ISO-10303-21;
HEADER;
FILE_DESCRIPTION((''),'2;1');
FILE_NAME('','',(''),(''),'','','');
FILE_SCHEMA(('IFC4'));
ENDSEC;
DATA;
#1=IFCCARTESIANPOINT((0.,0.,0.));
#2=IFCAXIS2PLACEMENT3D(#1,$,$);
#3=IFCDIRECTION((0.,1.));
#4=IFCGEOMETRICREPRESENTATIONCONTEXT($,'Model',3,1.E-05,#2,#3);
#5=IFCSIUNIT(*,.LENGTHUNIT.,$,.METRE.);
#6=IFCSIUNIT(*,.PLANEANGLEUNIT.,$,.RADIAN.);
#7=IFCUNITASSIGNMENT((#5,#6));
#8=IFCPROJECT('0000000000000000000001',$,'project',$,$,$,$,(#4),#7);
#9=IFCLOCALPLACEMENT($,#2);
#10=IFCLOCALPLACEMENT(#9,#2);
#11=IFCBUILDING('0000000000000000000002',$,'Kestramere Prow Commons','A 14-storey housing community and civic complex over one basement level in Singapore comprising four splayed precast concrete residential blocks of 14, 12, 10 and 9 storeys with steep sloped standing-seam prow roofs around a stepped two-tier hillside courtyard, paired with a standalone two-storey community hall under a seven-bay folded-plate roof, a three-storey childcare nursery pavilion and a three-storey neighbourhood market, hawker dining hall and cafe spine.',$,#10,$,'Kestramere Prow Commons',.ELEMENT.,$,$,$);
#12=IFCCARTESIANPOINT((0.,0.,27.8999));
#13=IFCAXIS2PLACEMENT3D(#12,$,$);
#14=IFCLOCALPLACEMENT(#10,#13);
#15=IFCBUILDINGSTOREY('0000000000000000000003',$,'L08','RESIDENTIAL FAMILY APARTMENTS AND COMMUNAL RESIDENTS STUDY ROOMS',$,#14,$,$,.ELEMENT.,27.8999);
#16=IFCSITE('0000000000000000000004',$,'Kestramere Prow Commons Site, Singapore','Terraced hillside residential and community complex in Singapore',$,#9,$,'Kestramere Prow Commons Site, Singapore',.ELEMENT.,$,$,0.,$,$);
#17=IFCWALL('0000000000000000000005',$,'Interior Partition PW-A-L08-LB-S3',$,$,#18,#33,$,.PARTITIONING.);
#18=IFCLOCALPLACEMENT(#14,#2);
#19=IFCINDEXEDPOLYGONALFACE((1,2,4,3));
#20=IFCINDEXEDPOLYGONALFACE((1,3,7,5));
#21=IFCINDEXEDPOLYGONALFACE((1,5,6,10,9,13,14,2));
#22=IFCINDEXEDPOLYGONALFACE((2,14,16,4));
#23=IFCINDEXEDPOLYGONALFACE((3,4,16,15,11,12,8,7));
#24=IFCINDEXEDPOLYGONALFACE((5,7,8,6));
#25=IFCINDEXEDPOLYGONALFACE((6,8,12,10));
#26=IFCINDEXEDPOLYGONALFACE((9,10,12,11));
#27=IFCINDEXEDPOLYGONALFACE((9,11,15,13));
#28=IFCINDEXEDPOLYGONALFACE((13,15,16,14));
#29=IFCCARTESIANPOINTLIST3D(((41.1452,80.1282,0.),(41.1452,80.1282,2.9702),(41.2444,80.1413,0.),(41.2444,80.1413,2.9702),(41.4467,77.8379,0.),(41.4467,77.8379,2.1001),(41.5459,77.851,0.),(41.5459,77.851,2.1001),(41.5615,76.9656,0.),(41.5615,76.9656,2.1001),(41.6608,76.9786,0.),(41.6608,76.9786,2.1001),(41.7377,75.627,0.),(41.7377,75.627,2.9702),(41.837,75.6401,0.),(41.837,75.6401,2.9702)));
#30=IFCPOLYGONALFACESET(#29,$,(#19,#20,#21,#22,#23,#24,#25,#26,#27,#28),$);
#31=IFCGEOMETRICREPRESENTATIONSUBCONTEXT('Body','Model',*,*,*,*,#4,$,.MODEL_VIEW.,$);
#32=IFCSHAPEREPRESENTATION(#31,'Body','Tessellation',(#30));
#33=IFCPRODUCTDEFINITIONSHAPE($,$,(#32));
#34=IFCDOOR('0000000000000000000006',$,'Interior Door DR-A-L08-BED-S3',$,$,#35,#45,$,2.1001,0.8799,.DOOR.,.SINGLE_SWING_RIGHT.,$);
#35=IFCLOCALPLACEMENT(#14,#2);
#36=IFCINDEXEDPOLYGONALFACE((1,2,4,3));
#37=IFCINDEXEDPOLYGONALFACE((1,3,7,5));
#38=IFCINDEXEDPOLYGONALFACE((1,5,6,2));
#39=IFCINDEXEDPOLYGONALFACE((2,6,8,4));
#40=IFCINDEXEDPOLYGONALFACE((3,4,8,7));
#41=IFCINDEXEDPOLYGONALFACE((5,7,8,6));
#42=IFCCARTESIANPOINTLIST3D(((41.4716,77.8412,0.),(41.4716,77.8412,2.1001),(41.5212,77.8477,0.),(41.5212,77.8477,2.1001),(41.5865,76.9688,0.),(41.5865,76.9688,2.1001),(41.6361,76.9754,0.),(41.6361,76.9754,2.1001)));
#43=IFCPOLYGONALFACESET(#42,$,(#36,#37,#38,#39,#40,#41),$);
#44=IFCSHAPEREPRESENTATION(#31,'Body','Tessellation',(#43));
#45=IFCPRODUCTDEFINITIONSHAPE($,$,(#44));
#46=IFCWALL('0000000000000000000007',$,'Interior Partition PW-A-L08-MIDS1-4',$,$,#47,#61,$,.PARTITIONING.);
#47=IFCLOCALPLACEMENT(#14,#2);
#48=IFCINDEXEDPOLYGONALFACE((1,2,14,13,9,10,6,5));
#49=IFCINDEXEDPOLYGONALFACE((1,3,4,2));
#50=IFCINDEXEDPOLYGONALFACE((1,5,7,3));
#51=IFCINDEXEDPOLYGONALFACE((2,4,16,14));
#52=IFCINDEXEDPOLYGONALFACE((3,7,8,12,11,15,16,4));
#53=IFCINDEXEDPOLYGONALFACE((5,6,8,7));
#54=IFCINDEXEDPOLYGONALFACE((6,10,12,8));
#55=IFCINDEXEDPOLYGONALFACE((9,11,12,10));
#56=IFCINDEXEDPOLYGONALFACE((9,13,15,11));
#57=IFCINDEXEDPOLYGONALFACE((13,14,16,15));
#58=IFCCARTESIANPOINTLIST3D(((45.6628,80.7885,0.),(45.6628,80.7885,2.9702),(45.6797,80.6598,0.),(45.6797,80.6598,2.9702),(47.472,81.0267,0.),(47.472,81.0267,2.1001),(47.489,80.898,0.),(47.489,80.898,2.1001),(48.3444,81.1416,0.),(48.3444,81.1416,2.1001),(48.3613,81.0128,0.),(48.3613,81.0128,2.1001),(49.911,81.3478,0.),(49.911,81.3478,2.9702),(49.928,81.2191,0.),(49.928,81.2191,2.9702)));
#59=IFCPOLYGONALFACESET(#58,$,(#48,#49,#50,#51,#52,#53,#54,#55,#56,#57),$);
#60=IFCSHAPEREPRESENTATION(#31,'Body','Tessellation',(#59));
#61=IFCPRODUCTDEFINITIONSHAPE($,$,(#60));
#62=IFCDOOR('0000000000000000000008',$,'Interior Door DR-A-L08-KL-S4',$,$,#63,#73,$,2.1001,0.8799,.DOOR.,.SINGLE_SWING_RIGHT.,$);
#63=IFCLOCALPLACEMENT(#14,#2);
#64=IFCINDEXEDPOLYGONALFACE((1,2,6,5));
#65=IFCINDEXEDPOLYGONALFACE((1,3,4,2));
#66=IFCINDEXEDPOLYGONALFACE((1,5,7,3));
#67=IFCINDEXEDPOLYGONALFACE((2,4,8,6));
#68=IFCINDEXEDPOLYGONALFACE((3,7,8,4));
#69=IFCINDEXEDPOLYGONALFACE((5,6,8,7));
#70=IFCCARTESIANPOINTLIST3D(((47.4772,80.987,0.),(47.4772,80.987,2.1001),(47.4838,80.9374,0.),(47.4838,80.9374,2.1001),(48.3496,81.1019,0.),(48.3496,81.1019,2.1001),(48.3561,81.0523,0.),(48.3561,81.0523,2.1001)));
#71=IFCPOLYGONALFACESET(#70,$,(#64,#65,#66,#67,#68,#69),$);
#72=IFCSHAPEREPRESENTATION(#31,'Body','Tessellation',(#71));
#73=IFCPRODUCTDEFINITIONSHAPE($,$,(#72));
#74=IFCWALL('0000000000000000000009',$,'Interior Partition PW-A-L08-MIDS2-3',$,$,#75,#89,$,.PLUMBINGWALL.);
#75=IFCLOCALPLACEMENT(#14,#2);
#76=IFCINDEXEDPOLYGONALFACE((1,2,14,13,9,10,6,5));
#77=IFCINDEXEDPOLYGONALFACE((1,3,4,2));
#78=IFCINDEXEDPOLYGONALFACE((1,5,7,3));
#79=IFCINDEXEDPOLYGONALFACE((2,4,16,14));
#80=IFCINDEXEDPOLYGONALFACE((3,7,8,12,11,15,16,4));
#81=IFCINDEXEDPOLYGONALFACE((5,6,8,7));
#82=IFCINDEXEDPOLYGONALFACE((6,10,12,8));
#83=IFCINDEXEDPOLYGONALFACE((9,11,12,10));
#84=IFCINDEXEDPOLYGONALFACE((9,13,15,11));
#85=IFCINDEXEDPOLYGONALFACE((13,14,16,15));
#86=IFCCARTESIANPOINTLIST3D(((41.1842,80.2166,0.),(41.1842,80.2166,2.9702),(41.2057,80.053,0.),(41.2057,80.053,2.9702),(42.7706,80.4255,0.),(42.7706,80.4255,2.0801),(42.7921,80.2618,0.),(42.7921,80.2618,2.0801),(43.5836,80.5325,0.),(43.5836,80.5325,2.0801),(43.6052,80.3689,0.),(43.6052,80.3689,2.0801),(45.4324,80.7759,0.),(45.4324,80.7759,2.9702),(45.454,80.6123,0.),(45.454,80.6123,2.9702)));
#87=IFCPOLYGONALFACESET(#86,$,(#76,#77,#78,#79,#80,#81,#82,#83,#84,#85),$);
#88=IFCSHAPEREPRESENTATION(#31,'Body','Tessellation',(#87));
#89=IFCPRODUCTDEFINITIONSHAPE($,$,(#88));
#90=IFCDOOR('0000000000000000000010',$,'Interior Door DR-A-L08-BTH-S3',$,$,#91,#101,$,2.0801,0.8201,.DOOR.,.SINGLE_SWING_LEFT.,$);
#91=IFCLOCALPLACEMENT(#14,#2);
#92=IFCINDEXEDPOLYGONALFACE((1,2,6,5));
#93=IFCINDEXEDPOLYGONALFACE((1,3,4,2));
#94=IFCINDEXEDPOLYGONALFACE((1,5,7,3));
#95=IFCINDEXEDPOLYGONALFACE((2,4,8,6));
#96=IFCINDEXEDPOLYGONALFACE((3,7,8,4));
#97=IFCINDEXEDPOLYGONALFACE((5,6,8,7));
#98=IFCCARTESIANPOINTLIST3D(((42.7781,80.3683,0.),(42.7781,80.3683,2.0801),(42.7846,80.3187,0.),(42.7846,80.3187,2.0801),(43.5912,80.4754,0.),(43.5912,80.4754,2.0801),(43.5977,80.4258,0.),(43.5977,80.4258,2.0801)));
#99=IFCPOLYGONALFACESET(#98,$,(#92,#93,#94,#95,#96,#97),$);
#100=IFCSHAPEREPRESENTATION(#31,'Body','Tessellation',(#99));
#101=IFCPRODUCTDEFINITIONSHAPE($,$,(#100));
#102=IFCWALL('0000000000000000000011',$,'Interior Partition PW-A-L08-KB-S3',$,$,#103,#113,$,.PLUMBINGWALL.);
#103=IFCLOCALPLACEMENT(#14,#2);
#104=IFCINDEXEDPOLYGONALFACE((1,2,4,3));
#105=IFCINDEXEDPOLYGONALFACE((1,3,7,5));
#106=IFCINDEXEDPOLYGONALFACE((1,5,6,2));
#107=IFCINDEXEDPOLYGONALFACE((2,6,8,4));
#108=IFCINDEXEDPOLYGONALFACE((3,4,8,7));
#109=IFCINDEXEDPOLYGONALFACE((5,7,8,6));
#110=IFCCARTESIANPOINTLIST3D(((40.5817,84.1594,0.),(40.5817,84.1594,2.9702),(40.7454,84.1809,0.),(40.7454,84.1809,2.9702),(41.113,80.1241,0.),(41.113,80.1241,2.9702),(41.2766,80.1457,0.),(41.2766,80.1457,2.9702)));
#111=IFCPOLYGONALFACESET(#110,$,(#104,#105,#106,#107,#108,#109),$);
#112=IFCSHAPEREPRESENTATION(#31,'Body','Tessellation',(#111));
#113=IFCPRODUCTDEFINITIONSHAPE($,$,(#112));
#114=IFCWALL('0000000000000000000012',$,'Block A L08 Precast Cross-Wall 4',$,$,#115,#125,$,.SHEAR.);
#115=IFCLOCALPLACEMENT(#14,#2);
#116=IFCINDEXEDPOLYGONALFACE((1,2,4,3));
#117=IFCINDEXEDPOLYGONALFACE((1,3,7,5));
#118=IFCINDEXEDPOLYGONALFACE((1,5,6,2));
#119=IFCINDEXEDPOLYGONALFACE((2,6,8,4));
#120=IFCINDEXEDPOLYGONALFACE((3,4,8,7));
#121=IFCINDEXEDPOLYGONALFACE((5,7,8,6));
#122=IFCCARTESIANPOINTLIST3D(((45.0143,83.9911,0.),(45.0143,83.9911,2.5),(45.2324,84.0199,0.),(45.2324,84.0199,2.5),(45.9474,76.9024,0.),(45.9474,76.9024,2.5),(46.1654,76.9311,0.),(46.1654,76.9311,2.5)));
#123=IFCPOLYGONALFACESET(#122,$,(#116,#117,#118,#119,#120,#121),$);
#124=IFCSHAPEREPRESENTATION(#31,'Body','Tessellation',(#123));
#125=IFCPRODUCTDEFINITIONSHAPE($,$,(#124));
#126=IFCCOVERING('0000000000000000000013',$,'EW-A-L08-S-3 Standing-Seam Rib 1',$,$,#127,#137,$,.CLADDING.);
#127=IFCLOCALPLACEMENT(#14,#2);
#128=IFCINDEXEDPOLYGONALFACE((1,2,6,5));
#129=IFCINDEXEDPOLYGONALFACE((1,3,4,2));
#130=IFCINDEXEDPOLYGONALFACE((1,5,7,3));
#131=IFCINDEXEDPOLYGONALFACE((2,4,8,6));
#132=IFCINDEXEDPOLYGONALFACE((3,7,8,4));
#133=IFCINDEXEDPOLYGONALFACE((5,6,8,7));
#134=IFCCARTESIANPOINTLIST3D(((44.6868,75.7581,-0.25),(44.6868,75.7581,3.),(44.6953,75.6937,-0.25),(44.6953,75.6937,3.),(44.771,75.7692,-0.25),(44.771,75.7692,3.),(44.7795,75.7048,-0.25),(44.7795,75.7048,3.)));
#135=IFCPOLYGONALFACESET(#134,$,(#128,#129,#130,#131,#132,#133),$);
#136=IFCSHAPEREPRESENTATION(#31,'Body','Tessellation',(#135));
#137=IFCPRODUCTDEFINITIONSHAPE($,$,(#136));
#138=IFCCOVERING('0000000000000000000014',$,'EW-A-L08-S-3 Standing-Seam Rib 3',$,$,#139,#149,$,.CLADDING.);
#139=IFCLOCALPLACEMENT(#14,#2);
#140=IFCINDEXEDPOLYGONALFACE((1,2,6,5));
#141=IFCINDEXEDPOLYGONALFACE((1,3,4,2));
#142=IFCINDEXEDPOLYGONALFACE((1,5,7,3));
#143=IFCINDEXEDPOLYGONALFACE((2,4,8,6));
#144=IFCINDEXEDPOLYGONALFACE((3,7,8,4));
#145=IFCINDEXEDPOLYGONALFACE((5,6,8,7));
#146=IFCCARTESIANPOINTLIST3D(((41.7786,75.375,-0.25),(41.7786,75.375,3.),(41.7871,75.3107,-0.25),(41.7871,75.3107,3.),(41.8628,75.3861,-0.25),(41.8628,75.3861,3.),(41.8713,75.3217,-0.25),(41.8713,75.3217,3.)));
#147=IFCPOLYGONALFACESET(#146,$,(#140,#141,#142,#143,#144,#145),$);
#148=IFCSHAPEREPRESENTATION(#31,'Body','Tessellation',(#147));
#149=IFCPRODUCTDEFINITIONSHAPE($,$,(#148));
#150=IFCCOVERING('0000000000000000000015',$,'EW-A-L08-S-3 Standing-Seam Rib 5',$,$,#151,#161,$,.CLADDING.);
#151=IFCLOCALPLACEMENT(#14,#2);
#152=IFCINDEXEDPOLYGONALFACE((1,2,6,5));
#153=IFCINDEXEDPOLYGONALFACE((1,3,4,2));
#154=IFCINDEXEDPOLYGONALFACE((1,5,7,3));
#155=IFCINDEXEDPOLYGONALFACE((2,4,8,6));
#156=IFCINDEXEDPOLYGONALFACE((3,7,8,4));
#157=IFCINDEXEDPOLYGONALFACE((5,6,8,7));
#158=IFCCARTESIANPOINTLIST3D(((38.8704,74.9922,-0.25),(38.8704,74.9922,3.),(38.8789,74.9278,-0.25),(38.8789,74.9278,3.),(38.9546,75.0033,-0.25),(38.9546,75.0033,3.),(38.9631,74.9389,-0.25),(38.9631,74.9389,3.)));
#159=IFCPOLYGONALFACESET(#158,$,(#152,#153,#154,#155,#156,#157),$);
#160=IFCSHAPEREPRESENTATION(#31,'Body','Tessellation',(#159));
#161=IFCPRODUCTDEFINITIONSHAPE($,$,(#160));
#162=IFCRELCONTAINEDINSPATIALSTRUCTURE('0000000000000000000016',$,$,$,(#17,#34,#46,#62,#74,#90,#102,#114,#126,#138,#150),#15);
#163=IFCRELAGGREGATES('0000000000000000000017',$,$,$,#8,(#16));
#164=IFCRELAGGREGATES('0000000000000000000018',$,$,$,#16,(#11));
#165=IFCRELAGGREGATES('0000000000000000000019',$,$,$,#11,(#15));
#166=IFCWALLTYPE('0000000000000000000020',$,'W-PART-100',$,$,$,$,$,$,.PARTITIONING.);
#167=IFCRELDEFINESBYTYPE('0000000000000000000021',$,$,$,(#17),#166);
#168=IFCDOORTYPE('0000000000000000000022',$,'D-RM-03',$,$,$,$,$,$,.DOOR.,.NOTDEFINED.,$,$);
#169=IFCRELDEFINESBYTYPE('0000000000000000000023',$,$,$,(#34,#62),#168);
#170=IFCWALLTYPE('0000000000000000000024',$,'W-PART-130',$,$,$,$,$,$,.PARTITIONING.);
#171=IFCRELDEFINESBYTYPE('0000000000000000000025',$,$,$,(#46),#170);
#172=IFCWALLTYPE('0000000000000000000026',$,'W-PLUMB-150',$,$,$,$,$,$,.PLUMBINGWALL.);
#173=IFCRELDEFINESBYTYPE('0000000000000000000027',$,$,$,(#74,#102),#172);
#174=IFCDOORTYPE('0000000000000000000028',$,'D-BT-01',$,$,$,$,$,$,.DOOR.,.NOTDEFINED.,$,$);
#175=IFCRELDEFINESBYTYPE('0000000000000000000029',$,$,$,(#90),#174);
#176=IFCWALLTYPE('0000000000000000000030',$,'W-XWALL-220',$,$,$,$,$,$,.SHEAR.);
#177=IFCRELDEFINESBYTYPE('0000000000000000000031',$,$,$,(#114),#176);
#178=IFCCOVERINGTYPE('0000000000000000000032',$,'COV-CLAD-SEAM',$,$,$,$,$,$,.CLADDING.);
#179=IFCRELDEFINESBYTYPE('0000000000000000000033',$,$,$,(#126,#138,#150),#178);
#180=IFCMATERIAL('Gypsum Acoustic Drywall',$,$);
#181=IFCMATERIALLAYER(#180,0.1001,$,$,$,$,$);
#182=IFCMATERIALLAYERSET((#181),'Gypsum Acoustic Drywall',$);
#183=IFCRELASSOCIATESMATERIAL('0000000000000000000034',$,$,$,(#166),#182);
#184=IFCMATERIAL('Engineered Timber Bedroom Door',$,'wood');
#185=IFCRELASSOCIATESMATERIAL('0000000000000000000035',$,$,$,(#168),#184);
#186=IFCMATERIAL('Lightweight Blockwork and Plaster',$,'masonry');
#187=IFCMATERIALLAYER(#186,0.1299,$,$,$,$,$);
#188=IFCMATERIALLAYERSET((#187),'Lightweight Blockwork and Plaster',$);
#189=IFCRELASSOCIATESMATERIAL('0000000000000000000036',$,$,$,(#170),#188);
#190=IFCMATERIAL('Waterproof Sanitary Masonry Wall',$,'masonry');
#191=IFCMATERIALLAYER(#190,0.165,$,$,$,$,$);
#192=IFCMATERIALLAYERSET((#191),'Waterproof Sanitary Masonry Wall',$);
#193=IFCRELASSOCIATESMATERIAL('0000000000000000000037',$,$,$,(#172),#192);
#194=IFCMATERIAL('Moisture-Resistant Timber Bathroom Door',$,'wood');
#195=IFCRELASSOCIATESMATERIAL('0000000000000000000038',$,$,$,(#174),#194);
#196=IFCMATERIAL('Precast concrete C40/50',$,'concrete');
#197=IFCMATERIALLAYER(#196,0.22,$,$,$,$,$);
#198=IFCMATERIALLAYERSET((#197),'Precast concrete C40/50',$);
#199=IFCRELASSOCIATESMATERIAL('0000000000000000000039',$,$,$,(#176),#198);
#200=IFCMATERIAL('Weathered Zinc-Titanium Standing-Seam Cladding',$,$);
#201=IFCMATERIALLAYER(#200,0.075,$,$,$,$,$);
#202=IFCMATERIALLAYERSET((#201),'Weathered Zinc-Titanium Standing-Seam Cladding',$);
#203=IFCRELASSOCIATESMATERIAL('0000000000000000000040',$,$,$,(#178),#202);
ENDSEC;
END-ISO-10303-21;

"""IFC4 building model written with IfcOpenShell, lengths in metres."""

from ifc_helpers import new_model, si_unit, direction, frame, frame_2d, origin, origin_2d, place, context, subcontext, project, spatial, rectangle, extrude, material, layer, layer_set, type_object, element, fill, save


model = new_model("IFC4")

# Units and contexts
model_context = context("Model", 3, precision=1e-05, world=origin(), true_north=direction((0.0, 1.0)))
body_context = subcontext(model_context, "Body", "Model", "MODEL_VIEW")
ifc_project = project(units=[si_unit("LENGTHUNIT", "METRE"), si_unit("PLANEANGLEUNIT", "RADIAN")], contexts=[model_context])

# Site, building, storey
site_placement = place(None, origin())
site = spatial("IfcSite", under=ifc_project, at=site_placement, Name="Kestramere Prow Commons Site, Singapore", Description="Terraced hillside residential and community complex in Singapore", LongName="Kestramere Prow Commons Site, Singapore", CompositionType="ELEMENT", RefElevation=0.0)
building_placement = place(site_placement, origin())
building = spatial("IfcBuilding", under=site, at=building_placement, Name="Kestramere Prow Commons", Description="A 14-storey housing community and civic complex over one basement level in Singapore comprising four splayed precast concrete residential blocks of 14, 12, 10 and 9 storeys with steep sloped standing-seam prow roofs around a stepped two-tier hillside courtyard, paired with a standalone two-storey community hall under a seven-bay folded-plate roof, a three-storey childcare nursery pavilion and a three-storey neighbourhood market, hawker dining hall and cafe spine.", LongName="Kestramere Prow Commons", CompositionType="ELEMENT")
storey_placement = place(building_placement, frame((0.0, 0.0, 27.8999)))
storey = spatial("IfcBuildingStorey", under=building, at=storey_placement, Name="L08", Description="RESIDENTIAL FAMILY APARTMENTS AND COMMUNAL RESIDENTS STUDY ROOMS", CompositionType="ELEMENT", Elevation=27.8999)

# Shared definitions
ifc_material_1 = material(Name="Precast concrete C40/50", Category="concrete")

# Walls, openings, doors
ifc_material_2 = material(Name="Gypsum Acoustic Drywall")
ifc_layer_1 = layer(ifc_material_2, 0.1001)
ifc_layer_set_1 = layer_set([ifc_layer_1], Name="Gypsum Acoustic Drywall")
wall_type_1 = type_object("IfcWallType", Name="W-PART-100", PredefinedType="PARTITIONING", material=ifc_layer_set_1)
wall_1_placement = place(storey_placement, frame((41.7874, 75.6335, 0.0), z_axis=(0.0, 0.0, 1.0), x_axis=(-0.130512, 0.991447, 0.0)))
wall_1 = element("IfcWall", 1, at=wall_1_placement, inside=storey, type_object=wall_type_1, Name="Interior Partition PW-A-L08-LB-S3", PredefinedType="PARTITIONING", context=body_context, shape_type="SweptSolid", body=[
    extrude(rectangle(XDim=4.54, YDim=0.1001, at=frame_2d((2.27, 0.0))), origin(), (0.0, 0.0, 1.0), 2.9702),
])
opening_1_placement = place(wall_1_placement, frame((1.3501, 0.0, 0.0)))
opening_1 = element("IfcOpeningElement", 2, at=opening_1_placement, cuts=wall_1, PredefinedType="OPENING", context=body_context, shape_type="SweptSolid", body=[
    extrude(rectangle(XDim=0.8799, YDim=2.1001, at=frame_2d((0.4399, 1.05))), frame((0.0, 0.0649, 0.0), z_axis=(0.0, -1.0, 0.0), x_axis=(1.0, 0.0, 0.0)), (0.0, 0.0, 1.0), 0.1301),
])
ifc_material_3 = material(Name="Engineered Timber Bedroom Door", Category="wood")
door_type_1 = type_object("IfcDoorType", Name="D-RM-03", OperationType="NOTDEFINED", PredefinedType="DOOR", material=ifc_material_3)
door_1_placement = place(opening_1_placement, origin())
door_1 = element("IfcDoor", 3, at=door_1_placement, inside=storey, type_object=door_type_1, Name="Interior Door DR-A-L08-BED-S3", OperationType="SINGLE_SWING_RIGHT", OverallHeight=2.1001, OverallWidth=0.8799, PredefinedType="DOOR", context=body_context, shape_type="SweptSolid", body=[
    extrude(rectangle(XDim=0.8799, YDim=2.1001, at=frame_2d((0.4399, 1.05))), frame((0.0, 0.0249, 0.0), z_axis=(0.0, -1.0, 0.0), x_axis=(1.0, 0.0, 0.0)), (0.0, 0.0, 1.0), 0.05),
])
fill(opening_1, door_1)
ifc_material_4 = material(Name="Lightweight Blockwork and Plaster", Category="masonry")
ifc_layer_2 = layer(ifc_material_4, 0.1299)
ifc_layer_set_2 = layer_set([ifc_layer_2], Name="Lightweight Blockwork and Plaster")
wall_type_2 = type_object("IfcWallType", Name="W-PART-130", PredefinedType="PARTITIONING", material=ifc_layer_set_2)
wall_2_placement = place(storey_placement, frame((45.6711, 80.7241, 0.0), z_axis=(0.0, 0.0, 1.0), x_axis=(0.991444, 0.130533, 0.0)))
wall_2 = element("IfcWall", 4, at=wall_2_placement, inside=storey, type_object=wall_type_2, Name="Interior Partition PW-A-L08-MIDS1-4", PredefinedType="PARTITIONING", context=body_context, shape_type="SweptSolid", body=[
    extrude(rectangle(XDim=4.2849, YDim=0.1299, at=frame_2d((2.1426, 0.0))), origin(), (0.0, 0.0, 1.0), 2.9702),
])
opening_2_placement = place(wall_2_placement, frame((1.825, 0.0, 0.0)))
opening_2 = element("IfcOpeningElement", 5, at=opening_2_placement, cuts=wall_2, PredefinedType="OPENING", context=body_context, shape_type="SweptSolid", body=[
    extrude(rectangle(XDim=0.8799, YDim=2.1001, at=frame_2d((0.4399, 1.05))), frame((0.0, 0.0798, 0.0), z_axis=(0.0, -1.0, 0.0), x_axis=(1.0, 0.0, 0.0)), (0.0, 0.0, 1.0), 0.1599),
])
door_2_placement = place(opening_2_placement, origin())
door_2 = element("IfcDoor", 6, at=door_2_placement, inside=storey, type_object=door_type_1, Name="Interior Door DR-A-L08-KL-S4", OperationType="SINGLE_SWING_RIGHT", OverallHeight=2.1001, OverallWidth=0.8799, PredefinedType="DOOR", context=body_context, shape_type="SweptSolid", body=[
    extrude(rectangle(XDim=0.8799, YDim=2.1001, at=frame_2d((0.4399, 1.05))), frame((0.0, 0.0249, 0.0), z_axis=(0.0, -1.0, 0.0), x_axis=(1.0, 0.0, 0.0)), (0.0, 0.0, 1.0), 0.05),
])
fill(opening_2, door_2)
ifc_material_5 = material(Name="Waterproof Sanitary Masonry Wall", Category="masonry")
ifc_layer_3 = layer(ifc_material_5, 0.165)
ifc_layer_set_3 = layer_set([ifc_layer_3], Name="Waterproof Sanitary Masonry Wall")
wall_type_3 = type_object("IfcWallType", Name="W-PLUMB-150", PredefinedType="PLUMBINGWALL", material=ifc_layer_set_3)
wall_3_placement = place(storey_placement, frame((41.1948, 80.1348, 0.0), z_axis=(0.0, 0.0, 1.0), x_axis=(0.991444, 0.130533, 0.0)))
wall_3 = element("IfcWall", 7, at=wall_3_placement, inside=storey, type_object=wall_type_3, Name="Interior Partition PW-A-L08-MIDS2-3", PredefinedType="PLUMBINGWALL", context=body_context, shape_type="SweptSolid", body=[
    extrude(rectangle(XDim=4.2849, YDim=0.165, at=frame_2d((2.1426, 0.0))), origin(), (0.0, 0.0, 1.0), 2.9702),
])
opening_3_placement = place(wall_3_placement, frame((1.6001, 0.0, 0.0)))
opening_3 = element("IfcOpeningElement", 8, at=opening_3_placement, cuts=wall_3, PredefinedType="OPENING", context=body_context, shape_type="SweptSolid", body=[
    extrude(rectangle(XDim=0.8201, YDim=2.0801, at=frame_2d((0.4102, 1.04))), frame((0.0, 0.0974, 0.0), z_axis=(0.0, -1.0, 0.0), x_axis=(1.0, 0.0, 0.0)), (0.0, 0.0, 1.0), 0.1951),
])
ifc_material_6 = material(Name="Moisture-Resistant Timber Bathroom Door", Category="wood")
door_type_2 = type_object("IfcDoorType", Name="D-BT-01", OperationType="NOTDEFINED", PredefinedType="DOOR", material=ifc_material_6)
door_3_placement = place(opening_3_placement, origin())
door_3 = element("IfcDoor", 9, at=door_3_placement, inside=storey, type_object=door_type_2, Name="Interior Door DR-A-L08-BTH-S3", OperationType="SINGLE_SWING_LEFT", OverallHeight=2.0801, OverallWidth=0.8201, PredefinedType="DOOR", context=body_context, shape_type="SweptSolid", body=[
    extrude(rectangle(XDim=0.8201, YDim=2.0801, at=frame_2d((0.4102, 1.04))), frame((0.0, 0.0249, 0.0), z_axis=(0.0, -1.0, 0.0), x_axis=(1.0, 0.0, 0.0)), (0.0, 0.0, 1.0), 0.05),
])
fill(opening_3, door_3)

# Walls
wall_4_placement = place(storey_placement, frame((41.1948, 80.1348, 0.0), z_axis=(0.0, 0.0, 1.0), x_axis=(-0.130529, 0.991444, 0.0)))
element("IfcWall", 10, at=wall_4_placement, inside=storey, type_object=wall_type_3, Name="Interior Partition PW-A-L08-KB-S3", PredefinedType="PLUMBINGWALL", context=body_context, shape_type="SweptSolid", body=[
    extrude(rectangle(XDim=4.0701, YDim=0.165, at=frame_2d((2.0352, 0.0))), origin(), (0.0, 0.0, 1.0), 2.9702),
])
ifc_layer_4 = layer(ifc_material_1, 0.22)
ifc_layer_set_4 = layer_set([ifc_layer_4], Name="Precast concrete C40/50")
wall_type_4 = type_object("IfcWallType", Name="W-XWALL-220", PredefinedType="SHEAR", material=ifc_layer_set_4)
wall_5_placement = place(storey_placement, frame((46.0564, 76.9167, 0.0), z_axis=(0.0, 0.0, 1.0), x_axis=(-0.130504, 0.991448, 0.0)))
element("IfcWall", 11, at=wall_5_placement, inside=storey, type_object=wall_type_4, Name="Block A L08 Precast Cross-Wall 4", PredefinedType="SHEAR", context=body_context, shape_type="SweptSolid", body=[
    extrude(rectangle(XDim=7.1499, YDim=0.22, at=frame_2d((3.575, 0.0))), origin(), (0.0, 0.0, 1.0), 2.5),
])

# Coverings
ifc_material_7 = material(Name="Weathered Zinc-Titanium Standing-Seam Cladding")
ifc_layer_5 = layer(ifc_material_7, 0.075)
ifc_layer_set_5 = layer_set([ifc_layer_5], Name="Weathered Zinc-Titanium Standing-Seam Cladding")
covering_type = type_object("IfcCoveringType", Name="COV-CLAD-SEAM", PredefinedType="CLADDING", material=ifc_layer_set_5)
for number, where, z_axis, x_axis, name in (
    (12, (44.7332, 75.7314, -0.25), (0.0, 0.0, 1.0), (-0.991445, -0.130526, 0.0), "EW-A-L08-S-3 Standing-Seam Rib 1"),
    (13, (41.825, 75.3484, -0.25), (0.0, 0.0, 1.0), (-0.991445, -0.130526, 0.0), "EW-A-L08-S-3 Standing-Seam Rib 3"),
    (14, (38.9167, 74.9656, -0.25), (0.0, 0.0, 1.0), (-0.991445, -0.130526, 0.0), "EW-A-L08-S-3 Standing-Seam Rib 5"),
):
    element("IfcCovering", number, at=place(storey_placement, frame(where, z_axis=z_axis, x_axis=x_axis)), inside=storey, type_object=covering_type, Name=name, PredefinedType="CLADDING", context=body_context, shape_type="SweptSolid", body=[
        extrude(rectangle(XDim=0.085, YDim=0.0649, at=origin_2d()), origin(), (0.0, 0.0, 1.0), 3.25),
    ])

save(model, "model.ifc")
